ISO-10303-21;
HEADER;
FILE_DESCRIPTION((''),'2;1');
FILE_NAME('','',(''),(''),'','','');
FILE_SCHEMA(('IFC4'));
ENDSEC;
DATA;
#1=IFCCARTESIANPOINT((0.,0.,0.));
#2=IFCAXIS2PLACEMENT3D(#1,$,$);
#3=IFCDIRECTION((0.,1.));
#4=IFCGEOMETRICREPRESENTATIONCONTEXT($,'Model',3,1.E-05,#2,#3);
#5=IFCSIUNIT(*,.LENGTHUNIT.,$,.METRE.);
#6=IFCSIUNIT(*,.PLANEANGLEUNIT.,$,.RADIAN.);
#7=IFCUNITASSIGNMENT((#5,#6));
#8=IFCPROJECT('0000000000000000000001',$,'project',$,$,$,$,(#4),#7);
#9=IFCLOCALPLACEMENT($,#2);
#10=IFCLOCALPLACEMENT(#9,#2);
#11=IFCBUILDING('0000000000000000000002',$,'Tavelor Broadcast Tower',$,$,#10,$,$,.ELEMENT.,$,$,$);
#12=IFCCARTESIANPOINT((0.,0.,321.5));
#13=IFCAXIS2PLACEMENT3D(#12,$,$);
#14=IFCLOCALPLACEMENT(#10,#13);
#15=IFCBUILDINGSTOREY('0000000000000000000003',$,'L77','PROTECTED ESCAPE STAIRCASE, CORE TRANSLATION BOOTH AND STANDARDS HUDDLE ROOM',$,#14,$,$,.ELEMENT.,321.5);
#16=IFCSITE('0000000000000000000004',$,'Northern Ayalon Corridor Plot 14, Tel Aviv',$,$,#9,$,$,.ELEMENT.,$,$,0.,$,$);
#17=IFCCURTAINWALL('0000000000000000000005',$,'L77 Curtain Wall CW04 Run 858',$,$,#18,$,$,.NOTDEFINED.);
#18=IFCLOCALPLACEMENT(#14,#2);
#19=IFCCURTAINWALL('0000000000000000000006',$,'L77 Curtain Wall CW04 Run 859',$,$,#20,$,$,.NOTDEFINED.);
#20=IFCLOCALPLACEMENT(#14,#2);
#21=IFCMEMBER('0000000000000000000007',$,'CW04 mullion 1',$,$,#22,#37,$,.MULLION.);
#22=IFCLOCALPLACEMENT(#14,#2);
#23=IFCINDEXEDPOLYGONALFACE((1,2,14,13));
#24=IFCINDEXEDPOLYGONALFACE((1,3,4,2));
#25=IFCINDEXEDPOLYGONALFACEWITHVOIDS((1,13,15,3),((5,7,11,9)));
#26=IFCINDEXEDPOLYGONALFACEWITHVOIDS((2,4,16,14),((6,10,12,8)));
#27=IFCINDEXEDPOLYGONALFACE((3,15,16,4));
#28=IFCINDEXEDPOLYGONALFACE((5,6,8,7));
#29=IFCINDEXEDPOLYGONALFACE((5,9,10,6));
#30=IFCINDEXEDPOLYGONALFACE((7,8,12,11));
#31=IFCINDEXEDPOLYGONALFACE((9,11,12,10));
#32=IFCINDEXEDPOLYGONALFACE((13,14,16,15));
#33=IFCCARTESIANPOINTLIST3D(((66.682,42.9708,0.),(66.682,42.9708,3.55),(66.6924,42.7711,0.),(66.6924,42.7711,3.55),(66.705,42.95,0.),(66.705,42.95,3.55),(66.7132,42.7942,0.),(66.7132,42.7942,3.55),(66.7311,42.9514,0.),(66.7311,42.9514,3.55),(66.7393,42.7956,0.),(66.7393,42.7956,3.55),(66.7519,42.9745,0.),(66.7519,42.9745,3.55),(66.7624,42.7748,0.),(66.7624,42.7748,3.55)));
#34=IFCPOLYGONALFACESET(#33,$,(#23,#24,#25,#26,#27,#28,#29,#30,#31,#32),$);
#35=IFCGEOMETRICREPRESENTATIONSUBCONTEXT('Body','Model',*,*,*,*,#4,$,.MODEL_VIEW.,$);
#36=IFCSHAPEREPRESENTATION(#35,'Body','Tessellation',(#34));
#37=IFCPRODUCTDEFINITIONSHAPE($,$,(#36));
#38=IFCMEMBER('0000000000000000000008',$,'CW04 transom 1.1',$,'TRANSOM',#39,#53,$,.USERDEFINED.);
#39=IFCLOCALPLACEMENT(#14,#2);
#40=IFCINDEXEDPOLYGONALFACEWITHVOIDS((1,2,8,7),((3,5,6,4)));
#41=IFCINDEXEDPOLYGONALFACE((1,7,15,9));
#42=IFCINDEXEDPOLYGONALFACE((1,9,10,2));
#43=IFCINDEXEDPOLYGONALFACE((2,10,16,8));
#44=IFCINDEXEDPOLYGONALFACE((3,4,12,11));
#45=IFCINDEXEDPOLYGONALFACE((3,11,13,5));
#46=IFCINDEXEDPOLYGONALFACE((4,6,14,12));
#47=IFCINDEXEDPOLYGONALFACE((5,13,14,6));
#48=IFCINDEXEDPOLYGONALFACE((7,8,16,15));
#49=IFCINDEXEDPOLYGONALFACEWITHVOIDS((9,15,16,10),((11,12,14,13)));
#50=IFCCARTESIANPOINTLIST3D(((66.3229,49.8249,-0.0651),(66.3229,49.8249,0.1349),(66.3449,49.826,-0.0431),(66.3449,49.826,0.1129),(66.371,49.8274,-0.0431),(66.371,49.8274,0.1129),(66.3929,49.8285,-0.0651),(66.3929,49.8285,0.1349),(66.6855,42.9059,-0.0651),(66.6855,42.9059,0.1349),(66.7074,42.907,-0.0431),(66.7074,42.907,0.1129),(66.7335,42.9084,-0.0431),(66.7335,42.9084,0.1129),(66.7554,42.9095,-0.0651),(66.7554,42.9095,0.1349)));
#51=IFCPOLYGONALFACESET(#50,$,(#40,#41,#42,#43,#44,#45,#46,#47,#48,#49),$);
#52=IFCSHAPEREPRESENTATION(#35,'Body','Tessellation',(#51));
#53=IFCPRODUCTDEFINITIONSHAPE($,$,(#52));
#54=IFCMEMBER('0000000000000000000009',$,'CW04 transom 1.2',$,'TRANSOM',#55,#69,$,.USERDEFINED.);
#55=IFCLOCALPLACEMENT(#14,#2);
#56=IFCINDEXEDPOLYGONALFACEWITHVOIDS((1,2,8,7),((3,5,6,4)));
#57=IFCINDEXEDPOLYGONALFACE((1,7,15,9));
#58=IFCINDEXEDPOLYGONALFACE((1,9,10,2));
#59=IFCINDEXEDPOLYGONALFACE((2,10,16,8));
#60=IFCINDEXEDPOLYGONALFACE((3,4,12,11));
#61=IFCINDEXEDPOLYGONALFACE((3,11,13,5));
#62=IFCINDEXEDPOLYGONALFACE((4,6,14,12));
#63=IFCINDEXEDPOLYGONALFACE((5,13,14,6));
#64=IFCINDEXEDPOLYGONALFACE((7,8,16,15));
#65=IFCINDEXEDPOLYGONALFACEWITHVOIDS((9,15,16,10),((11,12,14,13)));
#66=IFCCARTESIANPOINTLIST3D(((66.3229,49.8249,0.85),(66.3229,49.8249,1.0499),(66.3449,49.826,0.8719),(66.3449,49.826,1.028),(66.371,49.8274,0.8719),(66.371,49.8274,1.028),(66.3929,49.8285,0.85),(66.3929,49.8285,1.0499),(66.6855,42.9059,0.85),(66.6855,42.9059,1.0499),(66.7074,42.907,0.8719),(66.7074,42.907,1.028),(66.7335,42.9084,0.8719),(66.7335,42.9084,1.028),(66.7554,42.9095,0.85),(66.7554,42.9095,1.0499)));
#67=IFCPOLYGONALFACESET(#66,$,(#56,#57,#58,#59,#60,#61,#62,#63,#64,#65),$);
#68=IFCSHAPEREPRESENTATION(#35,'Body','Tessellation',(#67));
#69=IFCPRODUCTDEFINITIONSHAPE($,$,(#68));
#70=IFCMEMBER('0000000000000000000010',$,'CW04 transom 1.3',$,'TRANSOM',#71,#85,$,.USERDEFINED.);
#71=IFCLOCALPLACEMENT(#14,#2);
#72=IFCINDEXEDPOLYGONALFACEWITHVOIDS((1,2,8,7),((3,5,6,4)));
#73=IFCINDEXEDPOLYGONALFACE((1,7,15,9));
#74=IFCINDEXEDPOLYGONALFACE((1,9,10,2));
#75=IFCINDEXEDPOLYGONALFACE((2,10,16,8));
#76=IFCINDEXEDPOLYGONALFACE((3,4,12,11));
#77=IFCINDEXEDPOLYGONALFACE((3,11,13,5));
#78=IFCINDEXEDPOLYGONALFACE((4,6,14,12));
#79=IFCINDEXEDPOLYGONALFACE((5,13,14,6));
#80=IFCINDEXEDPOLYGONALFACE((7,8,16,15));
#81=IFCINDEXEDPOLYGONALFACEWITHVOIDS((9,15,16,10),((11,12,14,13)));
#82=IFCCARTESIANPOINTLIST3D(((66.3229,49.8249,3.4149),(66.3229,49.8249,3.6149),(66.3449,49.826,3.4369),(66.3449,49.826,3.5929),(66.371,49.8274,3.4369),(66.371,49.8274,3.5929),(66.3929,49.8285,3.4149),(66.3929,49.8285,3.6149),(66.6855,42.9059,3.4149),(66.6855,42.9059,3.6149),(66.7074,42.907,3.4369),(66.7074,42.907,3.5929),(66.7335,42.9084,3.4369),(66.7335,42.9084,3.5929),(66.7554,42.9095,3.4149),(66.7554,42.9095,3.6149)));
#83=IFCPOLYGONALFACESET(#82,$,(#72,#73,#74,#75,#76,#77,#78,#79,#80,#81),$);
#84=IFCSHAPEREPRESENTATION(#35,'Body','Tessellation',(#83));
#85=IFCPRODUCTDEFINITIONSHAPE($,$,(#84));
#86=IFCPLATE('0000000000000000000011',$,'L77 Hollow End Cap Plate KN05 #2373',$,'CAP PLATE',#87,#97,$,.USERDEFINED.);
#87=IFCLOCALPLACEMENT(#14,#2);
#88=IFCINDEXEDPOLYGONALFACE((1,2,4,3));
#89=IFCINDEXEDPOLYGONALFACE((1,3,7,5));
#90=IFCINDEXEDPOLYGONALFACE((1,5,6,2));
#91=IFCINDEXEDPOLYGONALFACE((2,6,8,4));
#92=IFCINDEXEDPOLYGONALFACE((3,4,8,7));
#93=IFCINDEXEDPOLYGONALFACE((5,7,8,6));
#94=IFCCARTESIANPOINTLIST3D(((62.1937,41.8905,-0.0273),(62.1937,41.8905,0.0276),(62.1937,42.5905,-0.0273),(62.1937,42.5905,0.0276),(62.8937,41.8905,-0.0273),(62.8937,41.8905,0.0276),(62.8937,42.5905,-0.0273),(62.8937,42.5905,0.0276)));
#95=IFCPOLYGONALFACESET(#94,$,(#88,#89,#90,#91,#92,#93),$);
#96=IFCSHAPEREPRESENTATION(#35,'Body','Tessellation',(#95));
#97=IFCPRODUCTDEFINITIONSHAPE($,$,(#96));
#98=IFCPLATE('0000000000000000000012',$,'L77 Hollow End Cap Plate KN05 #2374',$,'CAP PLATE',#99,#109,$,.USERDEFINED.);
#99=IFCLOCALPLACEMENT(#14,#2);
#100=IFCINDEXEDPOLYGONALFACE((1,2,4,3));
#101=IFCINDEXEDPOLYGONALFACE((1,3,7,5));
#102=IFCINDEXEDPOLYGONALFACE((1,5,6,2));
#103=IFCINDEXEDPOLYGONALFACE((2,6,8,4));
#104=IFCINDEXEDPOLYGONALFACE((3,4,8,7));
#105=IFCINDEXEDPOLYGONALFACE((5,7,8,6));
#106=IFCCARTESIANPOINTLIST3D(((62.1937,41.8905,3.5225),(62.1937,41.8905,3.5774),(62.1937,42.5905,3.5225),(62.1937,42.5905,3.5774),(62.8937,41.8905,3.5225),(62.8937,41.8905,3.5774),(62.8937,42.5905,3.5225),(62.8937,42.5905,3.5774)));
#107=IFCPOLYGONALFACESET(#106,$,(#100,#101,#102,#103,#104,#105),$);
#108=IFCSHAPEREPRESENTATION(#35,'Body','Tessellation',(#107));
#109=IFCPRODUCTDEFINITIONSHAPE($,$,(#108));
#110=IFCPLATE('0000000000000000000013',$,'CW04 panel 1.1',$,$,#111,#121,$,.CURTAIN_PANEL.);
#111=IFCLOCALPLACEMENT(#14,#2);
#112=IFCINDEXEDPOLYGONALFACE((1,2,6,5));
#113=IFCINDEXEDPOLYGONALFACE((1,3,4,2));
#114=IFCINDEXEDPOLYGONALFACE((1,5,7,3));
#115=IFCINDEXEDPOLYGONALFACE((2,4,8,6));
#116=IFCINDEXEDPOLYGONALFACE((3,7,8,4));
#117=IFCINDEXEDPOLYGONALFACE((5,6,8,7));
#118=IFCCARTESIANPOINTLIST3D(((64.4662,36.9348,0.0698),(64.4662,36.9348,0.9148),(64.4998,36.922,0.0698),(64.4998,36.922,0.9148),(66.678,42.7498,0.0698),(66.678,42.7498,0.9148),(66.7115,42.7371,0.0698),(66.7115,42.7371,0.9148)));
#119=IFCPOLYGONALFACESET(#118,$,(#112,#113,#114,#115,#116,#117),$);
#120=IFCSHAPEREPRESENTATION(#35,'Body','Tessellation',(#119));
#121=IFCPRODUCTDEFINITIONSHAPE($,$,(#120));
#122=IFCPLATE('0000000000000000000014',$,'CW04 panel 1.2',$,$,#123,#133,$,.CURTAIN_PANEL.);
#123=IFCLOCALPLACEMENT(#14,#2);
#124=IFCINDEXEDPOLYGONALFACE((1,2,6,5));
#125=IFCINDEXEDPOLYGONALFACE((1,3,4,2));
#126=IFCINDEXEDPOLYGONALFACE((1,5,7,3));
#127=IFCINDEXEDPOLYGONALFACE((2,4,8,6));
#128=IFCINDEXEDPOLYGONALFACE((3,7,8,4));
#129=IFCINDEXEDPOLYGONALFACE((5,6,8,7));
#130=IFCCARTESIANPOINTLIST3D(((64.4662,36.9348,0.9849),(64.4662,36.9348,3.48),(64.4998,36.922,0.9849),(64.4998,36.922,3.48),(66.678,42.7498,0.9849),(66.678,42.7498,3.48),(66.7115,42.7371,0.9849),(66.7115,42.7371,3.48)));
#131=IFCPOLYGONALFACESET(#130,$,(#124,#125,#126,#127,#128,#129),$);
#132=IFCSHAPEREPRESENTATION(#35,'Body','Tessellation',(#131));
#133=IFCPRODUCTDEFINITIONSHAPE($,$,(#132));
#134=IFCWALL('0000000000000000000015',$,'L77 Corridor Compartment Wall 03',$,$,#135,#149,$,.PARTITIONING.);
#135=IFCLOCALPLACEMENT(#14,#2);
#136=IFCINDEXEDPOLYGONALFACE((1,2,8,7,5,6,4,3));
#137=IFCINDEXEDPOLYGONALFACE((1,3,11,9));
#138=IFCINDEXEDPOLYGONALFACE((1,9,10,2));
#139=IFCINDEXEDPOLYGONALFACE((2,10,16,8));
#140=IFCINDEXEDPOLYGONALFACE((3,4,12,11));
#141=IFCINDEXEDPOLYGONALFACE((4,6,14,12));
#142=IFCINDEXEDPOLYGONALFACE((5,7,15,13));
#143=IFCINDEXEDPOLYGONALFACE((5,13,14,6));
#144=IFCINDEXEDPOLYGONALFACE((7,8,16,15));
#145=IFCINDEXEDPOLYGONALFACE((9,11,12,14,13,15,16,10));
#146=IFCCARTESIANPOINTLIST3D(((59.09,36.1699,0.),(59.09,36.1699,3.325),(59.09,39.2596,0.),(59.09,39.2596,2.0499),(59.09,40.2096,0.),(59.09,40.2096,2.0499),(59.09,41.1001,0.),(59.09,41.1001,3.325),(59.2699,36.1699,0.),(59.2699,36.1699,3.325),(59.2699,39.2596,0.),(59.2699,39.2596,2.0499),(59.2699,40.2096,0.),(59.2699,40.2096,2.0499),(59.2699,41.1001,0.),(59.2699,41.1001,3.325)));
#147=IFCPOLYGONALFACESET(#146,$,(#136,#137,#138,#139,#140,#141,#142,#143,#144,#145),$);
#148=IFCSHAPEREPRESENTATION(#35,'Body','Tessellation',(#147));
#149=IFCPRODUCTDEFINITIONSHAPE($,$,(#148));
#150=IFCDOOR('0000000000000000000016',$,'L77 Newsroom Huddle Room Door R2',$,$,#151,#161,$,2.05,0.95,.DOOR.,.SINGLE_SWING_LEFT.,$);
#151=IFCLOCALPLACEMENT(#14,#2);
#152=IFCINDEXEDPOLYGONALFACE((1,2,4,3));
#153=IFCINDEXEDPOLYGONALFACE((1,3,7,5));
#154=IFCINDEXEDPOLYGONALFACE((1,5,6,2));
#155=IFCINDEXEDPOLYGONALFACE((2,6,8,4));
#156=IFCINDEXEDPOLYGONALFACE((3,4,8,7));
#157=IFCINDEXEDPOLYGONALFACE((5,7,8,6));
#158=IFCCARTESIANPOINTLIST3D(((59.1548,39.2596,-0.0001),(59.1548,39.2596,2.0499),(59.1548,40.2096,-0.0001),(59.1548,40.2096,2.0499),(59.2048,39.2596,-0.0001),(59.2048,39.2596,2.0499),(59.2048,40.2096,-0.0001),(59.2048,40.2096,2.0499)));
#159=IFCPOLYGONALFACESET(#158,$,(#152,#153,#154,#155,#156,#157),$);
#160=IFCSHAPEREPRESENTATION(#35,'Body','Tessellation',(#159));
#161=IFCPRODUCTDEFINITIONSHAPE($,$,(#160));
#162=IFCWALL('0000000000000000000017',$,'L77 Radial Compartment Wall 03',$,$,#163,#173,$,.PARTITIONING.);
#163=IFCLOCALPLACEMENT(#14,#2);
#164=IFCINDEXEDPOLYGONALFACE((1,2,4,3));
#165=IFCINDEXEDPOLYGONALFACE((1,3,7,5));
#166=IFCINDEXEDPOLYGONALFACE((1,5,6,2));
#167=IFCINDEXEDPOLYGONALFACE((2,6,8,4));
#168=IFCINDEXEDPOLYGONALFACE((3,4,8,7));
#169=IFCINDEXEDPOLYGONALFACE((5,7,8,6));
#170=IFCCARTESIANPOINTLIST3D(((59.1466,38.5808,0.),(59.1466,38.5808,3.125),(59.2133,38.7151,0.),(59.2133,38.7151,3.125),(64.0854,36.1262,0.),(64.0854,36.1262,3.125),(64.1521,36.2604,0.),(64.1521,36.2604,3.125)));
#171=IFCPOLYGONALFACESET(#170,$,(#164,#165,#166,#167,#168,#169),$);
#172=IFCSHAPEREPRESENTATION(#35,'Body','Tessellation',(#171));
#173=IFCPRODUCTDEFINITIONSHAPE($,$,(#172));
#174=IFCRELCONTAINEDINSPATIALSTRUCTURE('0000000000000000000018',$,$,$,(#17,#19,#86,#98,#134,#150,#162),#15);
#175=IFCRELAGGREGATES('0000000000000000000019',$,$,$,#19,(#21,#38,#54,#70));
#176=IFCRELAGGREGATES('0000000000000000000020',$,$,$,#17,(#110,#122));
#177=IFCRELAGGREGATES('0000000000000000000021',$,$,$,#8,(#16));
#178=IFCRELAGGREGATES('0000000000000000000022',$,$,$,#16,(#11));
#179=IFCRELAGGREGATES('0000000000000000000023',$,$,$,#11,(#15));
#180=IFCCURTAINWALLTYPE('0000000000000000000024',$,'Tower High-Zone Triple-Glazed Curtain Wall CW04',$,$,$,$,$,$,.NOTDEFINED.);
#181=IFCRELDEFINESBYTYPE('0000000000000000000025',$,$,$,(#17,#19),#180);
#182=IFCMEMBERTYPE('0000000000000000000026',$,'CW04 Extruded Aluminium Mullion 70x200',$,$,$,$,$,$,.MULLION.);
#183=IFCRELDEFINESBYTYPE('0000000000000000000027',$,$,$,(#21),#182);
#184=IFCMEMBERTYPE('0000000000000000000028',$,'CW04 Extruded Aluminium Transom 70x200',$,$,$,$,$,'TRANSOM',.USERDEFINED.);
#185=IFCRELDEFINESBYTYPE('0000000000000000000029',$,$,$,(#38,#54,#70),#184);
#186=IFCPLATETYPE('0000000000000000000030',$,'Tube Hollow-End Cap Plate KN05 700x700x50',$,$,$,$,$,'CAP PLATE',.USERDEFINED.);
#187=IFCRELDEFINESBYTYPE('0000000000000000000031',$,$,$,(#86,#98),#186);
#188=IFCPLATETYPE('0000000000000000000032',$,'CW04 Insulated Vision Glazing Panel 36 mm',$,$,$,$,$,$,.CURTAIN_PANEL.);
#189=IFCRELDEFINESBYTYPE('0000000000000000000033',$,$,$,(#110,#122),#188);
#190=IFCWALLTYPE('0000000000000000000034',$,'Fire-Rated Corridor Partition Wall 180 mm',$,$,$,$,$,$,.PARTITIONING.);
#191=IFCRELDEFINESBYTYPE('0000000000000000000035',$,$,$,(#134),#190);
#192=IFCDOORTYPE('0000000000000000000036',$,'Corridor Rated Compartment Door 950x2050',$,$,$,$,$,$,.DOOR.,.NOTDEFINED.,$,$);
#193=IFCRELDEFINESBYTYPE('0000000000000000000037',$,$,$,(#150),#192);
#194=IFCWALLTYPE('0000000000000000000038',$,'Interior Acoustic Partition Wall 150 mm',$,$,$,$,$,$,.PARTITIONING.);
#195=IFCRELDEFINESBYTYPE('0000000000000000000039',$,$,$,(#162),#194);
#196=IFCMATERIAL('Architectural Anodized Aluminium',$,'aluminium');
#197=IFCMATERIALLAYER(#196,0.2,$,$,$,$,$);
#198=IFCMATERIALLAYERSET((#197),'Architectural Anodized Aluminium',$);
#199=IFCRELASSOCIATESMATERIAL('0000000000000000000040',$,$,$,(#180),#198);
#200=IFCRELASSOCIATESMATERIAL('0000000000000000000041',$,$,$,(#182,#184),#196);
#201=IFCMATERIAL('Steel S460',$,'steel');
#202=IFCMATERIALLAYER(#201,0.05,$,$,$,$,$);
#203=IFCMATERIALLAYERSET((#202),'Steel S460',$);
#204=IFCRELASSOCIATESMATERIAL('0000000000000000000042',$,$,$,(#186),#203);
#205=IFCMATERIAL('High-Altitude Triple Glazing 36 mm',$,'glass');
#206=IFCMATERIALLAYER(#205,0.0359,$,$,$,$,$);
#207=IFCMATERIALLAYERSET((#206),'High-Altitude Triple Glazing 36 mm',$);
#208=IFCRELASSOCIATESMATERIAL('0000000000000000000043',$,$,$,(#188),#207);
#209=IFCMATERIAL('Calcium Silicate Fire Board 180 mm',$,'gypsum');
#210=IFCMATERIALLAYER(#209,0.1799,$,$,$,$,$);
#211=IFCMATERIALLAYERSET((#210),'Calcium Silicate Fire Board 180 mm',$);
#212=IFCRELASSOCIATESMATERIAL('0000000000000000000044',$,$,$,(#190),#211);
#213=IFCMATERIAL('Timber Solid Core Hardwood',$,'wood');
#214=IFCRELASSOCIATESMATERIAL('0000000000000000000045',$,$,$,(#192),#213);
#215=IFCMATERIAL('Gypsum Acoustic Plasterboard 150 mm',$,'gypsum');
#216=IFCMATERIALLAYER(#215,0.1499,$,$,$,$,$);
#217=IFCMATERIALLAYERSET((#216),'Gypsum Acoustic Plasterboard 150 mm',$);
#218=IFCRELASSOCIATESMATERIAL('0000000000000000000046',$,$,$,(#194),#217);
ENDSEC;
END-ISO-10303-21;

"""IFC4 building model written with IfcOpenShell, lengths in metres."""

from ifc_helpers import new_model, si_unit, direction, frame, frame_2d, origin, origin_2d, place, context, subcontext, project, spatial, rectangle, hollow_rectangle, extrude, source, transform, mapped, material, layer, layer_set, material_profile, profile_set, type_object, type_shapes, element, fill, aggregate, save


model = new_model("IFC4")

# Units and contexts
model_context = context("Model", 3, precision=1e-05, world=origin(), true_north=direction((0.0, 1.0)))
body_context = subcontext(model_context, "Body", "Model", "MODEL_VIEW")
ifc_project = project(units=[si_unit("LENGTHUNIT", "METRE"), si_unit("PLANEANGLEUNIT", "RADIAN")], contexts=[model_context])

# Site, building, storey
site_placement = place(None, origin())
site = spatial("IfcSite", under=ifc_project, at=site_placement, Name="Northern Ayalon Corridor Plot 14, Tel Aviv", CompositionType="ELEMENT", RefElevation=0.0)
building_placement = place(site_placement, origin())
building = spatial("IfcBuilding", under=site, at=building_placement, Name="Tavelor Broadcast Tower", CompositionType="ELEMENT")
storey_placement = place(building_placement, frame((0.0, 0.0, 321.5)))
storey = spatial("IfcBuildingStorey", under=building, at=storey_placement, Name="L77", Description="PROTECTED ESCAPE STAIRCASE, CORE TRANSLATION BOOTH AND STANDARDS HUDDLE ROOM", CompositionType="ELEMENT", Elevation=321.5)

# Shared definitions
ifc_material_1 = material(Name="Steel S460", Category="steel")

# Curtain wall
ifc_material_2 = material(Name="Architectural Anodized Aluminium", Category="aluminium")
ifc_layer_1 = layer(ifc_material_2, 0.2)
ifc_layer_set_1 = layer_set([ifc_layer_1], Name="Architectural Anodized Aluminium")
curtain_wall_type = type_object("IfcCurtainWallType", Name="Tower High-Zone Triple-Glazed Curtain Wall CW04", PredefinedType="NOTDEFINED", material=ifc_layer_set_1)
curtain_wall_1_placement = place(storey_placement, origin())
curtain_wall_1 = element("IfcCurtainWall", 1, at=curtain_wall_1_placement, inside=storey, type_object=curtain_wall_type, Name="L77 Curtain Wall CW04 Run 858", PredefinedType="NOTDEFINED")
ifc_material_profile_1 = material_profile(ifc_material_2, hollow_rectangle(XDim=0.0701, YDim=0.2, WallThickness=0.022, at=origin_2d()), Name="RHS 70x200x22")
ifc_profile_set_1 = profile_set([ifc_material_profile_1], Name="Architectural Anodized Aluminium")
member_type_1 = type_object("IfcMemberType", Name="CW04 Extruded Aluminium Mullion 70x200", PredefinedType="MULLION", material=ifc_profile_set_1)
shared_shape_1 = source(origin(), body_context, "Body", "SweptSolid", [
    extrude(hollow_rectangle(XDim=0.0701, YDim=0.2, WallThickness=0.022, at=origin_2d()), origin(), (0.0, 0.0, 1.0), 3.55),
])
type_shapes(member_type_1, [shared_shape_1])

# Curtain wall, members
curtain_wall_2_placement = place(storey_placement, origin())
curtain_wall_2 = element("IfcCurtainWall", 2, at=curtain_wall_2_placement, inside=storey, type_object=curtain_wall_type, Name="L77 Curtain Wall CW04 Run 859", PredefinedType="NOTDEFINED")
member_1_placement = place(storey_placement, frame((66.7222, 42.8728, 0.0), z_axis=(0.0, 0.0, 1.0), x_axis=(-0.998631, -0.052317, 0.0)))
member_1 = element("IfcMember", 3, at=member_1_placement, type_object=member_type_1, Name="CW04 mullion 1", PredefinedType="MULLION", context=body_context, shape_type="MappedRepresentation", body=[
    mapped(shared_shape_1, transform((0.0, 0.0, 0.0), scale=1.0)),
])
ifc_material_profile_2 = material_profile(ifc_material_2, hollow_rectangle(XDim=0.0701, YDim=0.2, WallThickness=0.022, at=origin_2d()), Name="RHS 70x200x22")
ifc_profile_set_2 = profile_set([ifc_material_profile_2], Name="Architectural Anodized Aluminium")
member_type_2 = type_object("IfcMemberType", Name="CW04 Extruded Aluminium Transom 70x200", ElementType="TRANSOM", PredefinedType="USERDEFINED", material=ifc_profile_set_2)
shared_shape_2 = source(origin(), body_context, "Body", "SweptSolid", [
    extrude(hollow_rectangle(XDim=0.0701, YDim=0.2, WallThickness=0.022, at=origin_2d()), origin(), (0.0, 0.0, 1.0), 6.9285),
])
type_shapes(member_type_2, [shared_shape_2])
member_2_placement = place(storey_placement, frame((66.7205, 42.9077, 0.0349), z_axis=(-0.052328, 0.99863, 0.0), x_axis=(-0.99863, -0.052328, 0.0)))
member_2 = element("IfcMember", 4, at=member_2_placement, type_object=member_type_2, Name="CW04 transom 1.1", ObjectType="TRANSOM", PredefinedType="USERDEFINED", context=body_context, shape_type="MappedRepresentation", body=[
    mapped(shared_shape_2, transform((0.0, 0.0, 0.0), scale=1.0)),
])
member_3_placement = place(storey_placement, frame((66.7205, 42.9077, 0.95), z_axis=(-0.052328, 0.99863, 0.0), x_axis=(-0.99863, -0.052328, 0.0)))
member_3 = element("IfcMember", 5, at=member_3_placement, type_object=member_type_2, Name="CW04 transom 1.2", ObjectType="TRANSOM", PredefinedType="USERDEFINED", context=body_context, shape_type="MappedRepresentation", body=[
    mapped(shared_shape_2, transform((0.0, 0.0, 0.0), scale=1.0)),
])
member_4_placement = place(storey_placement, frame((66.7205, 42.9077, 3.5149), z_axis=(-0.052328, 0.99863, 0.0), x_axis=(-0.99863, -0.052328, 0.0)))
member_4 = element("IfcMember", 6, at=member_4_placement, type_object=member_type_2, Name="CW04 transom 1.3", ObjectType="TRANSOM", PredefinedType="USERDEFINED", context=body_context, shape_type="MappedRepresentation", body=[
    mapped(shared_shape_2, transform((0.0, 0.0, 0.0), scale=1.0)),
])
aggregate(curtain_wall_2, [member_1, member_2, member_3, member_4])

# Plates
ifc_layer_2 = layer(ifc_material_1, 0.05)
ifc_layer_set_2 = layer_set([ifc_layer_2], Name="Steel S460")
plate_type_1 = type_object("IfcPlateType", Name="Tube Hollow-End Cap Plate KN05 700x700x50", ElementType="CAP PLATE", PredefinedType="USERDEFINED", material=ifc_layer_set_2)
shared_shape_3 = source(origin(), body_context, "Body", "SweptSolid", [
    extrude(rectangle(XDim=0.7, YDim=0.7, at=origin_2d()), origin(), (0.0, 0.0, 1.0), 0.0549),
])
type_shapes(plate_type_1, [shared_shape_3])
for number, where, z_axis, x_axis, name in (
    (7, (62.5437, 42.2405, -0.0273), (0.0, 0.0, 1.0), (1.0, 0.0, 0.0), "L77 Hollow End Cap Plate KN05 #2373"),
    (8, (62.5437, 42.2405, 3.5225), (0.0, 0.0, 1.0), (1.0, 0.0, 0.0), "L77 Hollow End Cap Plate KN05 #2374"),
):
    element("IfcPlate", number, at=place(storey_placement, frame(where, z_axis=z_axis, x_axis=x_axis)), inside=storey, type_object=plate_type_1, Name=name, ObjectType="CAP PLATE", PredefinedType="USERDEFINED", context=body_context, shape_type="MappedRepresentation", body=[
        mapped(shared_shape_3, transform((0.0, 0.0, 0.0), scale=1.0)),
    ])

# Plates
ifc_material_3 = material(Name="High-Altitude Triple Glazing 36 mm", Category="glass")
ifc_layer_3 = layer(ifc_material_3, 0.0359)
ifc_layer_set_3 = layer_set([ifc_layer_3], Name="High-Altitude Triple Glazing 36 mm")
plate_type_2 = type_object("IfcPlateType", Name="CW04 Insulated Vision Glazing Panel 36 mm", PredefinedType="CURTAIN_PANEL", material=ifc_layer_set_3)
shared_shape_4 = source(origin(), body_context, "Body", "SweptSolid", [
    extrude(rectangle(XDim=6.2214, YDim=0.0359, at=origin_2d()), origin(), (0.0, 0.0, 1.0), 0.845),
])
plate_1_placement = place(storey_placement, frame((65.5889, 39.8359, 0.0698), z_axis=(0.0, 0.0, 1.0), x_axis=(0.3555, 0.934676, 0.0)))
plate_1 = element("IfcPlate", 9, at=plate_1_placement, type_object=plate_type_2, Name="CW04 panel 1.1", PredefinedType="CURTAIN_PANEL", context=body_context, shape_type="MappedRepresentation", body=[
    mapped(shared_shape_4, transform((0.0, 0.0, 0.0), scale=1.0)),
])
shared_shape_5 = source(origin(), body_context, "Body", "SweptSolid", [
    extrude(rectangle(XDim=6.2214, YDim=0.0359, at=origin_2d()), origin(), (0.0, 0.0, 1.0), 2.4951),
])
type_shapes(plate_type_2, [shared_shape_4, shared_shape_5])
plate_2_placement = place(storey_placement, frame((65.5889, 39.8359, 0.9849), z_axis=(0.0, 0.0, 1.0), x_axis=(0.3555, 0.934676, 0.0)))
plate_2 = element("IfcPlate", 10, at=plate_2_placement, type_object=plate_type_2, Name="CW04 panel 1.2", PredefinedType="CURTAIN_PANEL", context=body_context, shape_type="MappedRepresentation", body=[
    mapped(shared_shape_5, transform((0.0, 0.0, 0.0), scale=1.0)),
])
aggregate(curtain_wall_1, [plate_1, plate_2])

# Wall, opening, door
ifc_material_4 = material(Name="Calcium Silicate Fire Board 180 mm", Category="gypsum")
ifc_layer_4 = layer(ifc_material_4, 0.1799)
ifc_layer_set_4 = layer_set([ifc_layer_4], Name="Calcium Silicate Fire Board 180 mm")
wall_type_1 = type_object("IfcWallType", Name="Fire-Rated Corridor Partition Wall 180 mm", PredefinedType="PARTITIONING", material=ifc_layer_set_4)
wall_1_placement = place(storey_placement, frame((59.1799, 41.1001, 0.0), z_axis=(0.0, 0.0, 1.0), x_axis=(0.0, -1.0, 0.0)))
wall_1 = element("IfcWall", 11, at=wall_1_placement, inside=storey, type_object=wall_type_1, Name="L77 Corridor Compartment Wall 03", PredefinedType="PARTITIONING", context=body_context, shape_type="SweptSolid", body=[
    extrude(rectangle(XDim=4.9302, YDim=0.1799, at=frame_2d((2.4651, 0.0))), origin(), (0.0, 0.0, 1.0), 3.325),
])
opening_1_placement = place(wall_1_placement, frame((0.8904, 0.0, 0.0)))
opening_1 = element("IfcOpeningElement", 12, at=opening_1_placement, cuts=wall_1, PredefinedType="OPENING", context=body_context, shape_type="SweptSolid", body=[
    extrude(rectangle(XDim=0.95, YDim=2.05, at=frame_2d((0.4751, 1.0249))), frame((0.0, 0.1001, 0.0), z_axis=(0.0, -1.0, 0.0), x_axis=(1.0, 0.0, 0.0)), (0.0, 0.0, 1.0), 0.2),
])
ifc_material_5 = material(Name="Timber Solid Core Hardwood", Category="wood")
door_type_1 = type_object("IfcDoorType", Name="Corridor Rated Compartment Door 950x2050", OperationType="NOTDEFINED", PredefinedType="DOOR", material=ifc_material_5)
door_1_placement = place(opening_1_placement, origin())
door_1 = element("IfcDoor", 13, at=door_1_placement, inside=storey, type_object=door_type_1, Name="L77 Newsroom Huddle Room Door R2", OperationType="SINGLE_SWING_LEFT", OverallHeight=2.05, OverallWidth=0.95, PredefinedType="DOOR", context=body_context, shape_type="SweptSolid", body=[
    extrude(rectangle(XDim=0.95, YDim=2.05, at=frame_2d((0.4751, 1.0249))), frame((0.0, 0.0249, 0.0), z_axis=(0.0, -1.0, 0.0), x_axis=(1.0, 0.0, 0.0)), (0.0, 0.0, 1.0), 0.05),
])
fill(opening_1, door_1)

# Wall
ifc_material_6 = material(Name="Gypsum Acoustic Plasterboard 150 mm", Category="gypsum")
ifc_layer_5 = layer(ifc_material_6, 0.1499)
ifc_layer_set_5 = layer_set([ifc_layer_5], Name="Gypsum Acoustic Plasterboard 150 mm")
wall_type_2 = type_object("IfcWallType", Name="Interior Acoustic Partition Wall 150 mm", PredefinedType="PARTITIONING", material=ifc_layer_set_5)
wall_2_placement = place(storey_placement, frame((59.1799, 38.6479, 0.0), z_axis=(0.0, 0.0, 1.0), x_axis=(0.895496, -0.44507, 0.0)))
element("IfcWall", 14, at=wall_2_placement, inside=storey, type_object=wall_type_2, Name="L77 Radial Compartment Wall 03", PredefinedType="PARTITIONING", context=body_context, shape_type="SweptSolid", body=[
    extrude(rectangle(XDim=5.5151, YDim=0.1499, at=frame_2d((2.7576, 0.0))), origin(), (0.0, 0.0, 1.0), 3.125),
])

save(model, "model.ifc")
